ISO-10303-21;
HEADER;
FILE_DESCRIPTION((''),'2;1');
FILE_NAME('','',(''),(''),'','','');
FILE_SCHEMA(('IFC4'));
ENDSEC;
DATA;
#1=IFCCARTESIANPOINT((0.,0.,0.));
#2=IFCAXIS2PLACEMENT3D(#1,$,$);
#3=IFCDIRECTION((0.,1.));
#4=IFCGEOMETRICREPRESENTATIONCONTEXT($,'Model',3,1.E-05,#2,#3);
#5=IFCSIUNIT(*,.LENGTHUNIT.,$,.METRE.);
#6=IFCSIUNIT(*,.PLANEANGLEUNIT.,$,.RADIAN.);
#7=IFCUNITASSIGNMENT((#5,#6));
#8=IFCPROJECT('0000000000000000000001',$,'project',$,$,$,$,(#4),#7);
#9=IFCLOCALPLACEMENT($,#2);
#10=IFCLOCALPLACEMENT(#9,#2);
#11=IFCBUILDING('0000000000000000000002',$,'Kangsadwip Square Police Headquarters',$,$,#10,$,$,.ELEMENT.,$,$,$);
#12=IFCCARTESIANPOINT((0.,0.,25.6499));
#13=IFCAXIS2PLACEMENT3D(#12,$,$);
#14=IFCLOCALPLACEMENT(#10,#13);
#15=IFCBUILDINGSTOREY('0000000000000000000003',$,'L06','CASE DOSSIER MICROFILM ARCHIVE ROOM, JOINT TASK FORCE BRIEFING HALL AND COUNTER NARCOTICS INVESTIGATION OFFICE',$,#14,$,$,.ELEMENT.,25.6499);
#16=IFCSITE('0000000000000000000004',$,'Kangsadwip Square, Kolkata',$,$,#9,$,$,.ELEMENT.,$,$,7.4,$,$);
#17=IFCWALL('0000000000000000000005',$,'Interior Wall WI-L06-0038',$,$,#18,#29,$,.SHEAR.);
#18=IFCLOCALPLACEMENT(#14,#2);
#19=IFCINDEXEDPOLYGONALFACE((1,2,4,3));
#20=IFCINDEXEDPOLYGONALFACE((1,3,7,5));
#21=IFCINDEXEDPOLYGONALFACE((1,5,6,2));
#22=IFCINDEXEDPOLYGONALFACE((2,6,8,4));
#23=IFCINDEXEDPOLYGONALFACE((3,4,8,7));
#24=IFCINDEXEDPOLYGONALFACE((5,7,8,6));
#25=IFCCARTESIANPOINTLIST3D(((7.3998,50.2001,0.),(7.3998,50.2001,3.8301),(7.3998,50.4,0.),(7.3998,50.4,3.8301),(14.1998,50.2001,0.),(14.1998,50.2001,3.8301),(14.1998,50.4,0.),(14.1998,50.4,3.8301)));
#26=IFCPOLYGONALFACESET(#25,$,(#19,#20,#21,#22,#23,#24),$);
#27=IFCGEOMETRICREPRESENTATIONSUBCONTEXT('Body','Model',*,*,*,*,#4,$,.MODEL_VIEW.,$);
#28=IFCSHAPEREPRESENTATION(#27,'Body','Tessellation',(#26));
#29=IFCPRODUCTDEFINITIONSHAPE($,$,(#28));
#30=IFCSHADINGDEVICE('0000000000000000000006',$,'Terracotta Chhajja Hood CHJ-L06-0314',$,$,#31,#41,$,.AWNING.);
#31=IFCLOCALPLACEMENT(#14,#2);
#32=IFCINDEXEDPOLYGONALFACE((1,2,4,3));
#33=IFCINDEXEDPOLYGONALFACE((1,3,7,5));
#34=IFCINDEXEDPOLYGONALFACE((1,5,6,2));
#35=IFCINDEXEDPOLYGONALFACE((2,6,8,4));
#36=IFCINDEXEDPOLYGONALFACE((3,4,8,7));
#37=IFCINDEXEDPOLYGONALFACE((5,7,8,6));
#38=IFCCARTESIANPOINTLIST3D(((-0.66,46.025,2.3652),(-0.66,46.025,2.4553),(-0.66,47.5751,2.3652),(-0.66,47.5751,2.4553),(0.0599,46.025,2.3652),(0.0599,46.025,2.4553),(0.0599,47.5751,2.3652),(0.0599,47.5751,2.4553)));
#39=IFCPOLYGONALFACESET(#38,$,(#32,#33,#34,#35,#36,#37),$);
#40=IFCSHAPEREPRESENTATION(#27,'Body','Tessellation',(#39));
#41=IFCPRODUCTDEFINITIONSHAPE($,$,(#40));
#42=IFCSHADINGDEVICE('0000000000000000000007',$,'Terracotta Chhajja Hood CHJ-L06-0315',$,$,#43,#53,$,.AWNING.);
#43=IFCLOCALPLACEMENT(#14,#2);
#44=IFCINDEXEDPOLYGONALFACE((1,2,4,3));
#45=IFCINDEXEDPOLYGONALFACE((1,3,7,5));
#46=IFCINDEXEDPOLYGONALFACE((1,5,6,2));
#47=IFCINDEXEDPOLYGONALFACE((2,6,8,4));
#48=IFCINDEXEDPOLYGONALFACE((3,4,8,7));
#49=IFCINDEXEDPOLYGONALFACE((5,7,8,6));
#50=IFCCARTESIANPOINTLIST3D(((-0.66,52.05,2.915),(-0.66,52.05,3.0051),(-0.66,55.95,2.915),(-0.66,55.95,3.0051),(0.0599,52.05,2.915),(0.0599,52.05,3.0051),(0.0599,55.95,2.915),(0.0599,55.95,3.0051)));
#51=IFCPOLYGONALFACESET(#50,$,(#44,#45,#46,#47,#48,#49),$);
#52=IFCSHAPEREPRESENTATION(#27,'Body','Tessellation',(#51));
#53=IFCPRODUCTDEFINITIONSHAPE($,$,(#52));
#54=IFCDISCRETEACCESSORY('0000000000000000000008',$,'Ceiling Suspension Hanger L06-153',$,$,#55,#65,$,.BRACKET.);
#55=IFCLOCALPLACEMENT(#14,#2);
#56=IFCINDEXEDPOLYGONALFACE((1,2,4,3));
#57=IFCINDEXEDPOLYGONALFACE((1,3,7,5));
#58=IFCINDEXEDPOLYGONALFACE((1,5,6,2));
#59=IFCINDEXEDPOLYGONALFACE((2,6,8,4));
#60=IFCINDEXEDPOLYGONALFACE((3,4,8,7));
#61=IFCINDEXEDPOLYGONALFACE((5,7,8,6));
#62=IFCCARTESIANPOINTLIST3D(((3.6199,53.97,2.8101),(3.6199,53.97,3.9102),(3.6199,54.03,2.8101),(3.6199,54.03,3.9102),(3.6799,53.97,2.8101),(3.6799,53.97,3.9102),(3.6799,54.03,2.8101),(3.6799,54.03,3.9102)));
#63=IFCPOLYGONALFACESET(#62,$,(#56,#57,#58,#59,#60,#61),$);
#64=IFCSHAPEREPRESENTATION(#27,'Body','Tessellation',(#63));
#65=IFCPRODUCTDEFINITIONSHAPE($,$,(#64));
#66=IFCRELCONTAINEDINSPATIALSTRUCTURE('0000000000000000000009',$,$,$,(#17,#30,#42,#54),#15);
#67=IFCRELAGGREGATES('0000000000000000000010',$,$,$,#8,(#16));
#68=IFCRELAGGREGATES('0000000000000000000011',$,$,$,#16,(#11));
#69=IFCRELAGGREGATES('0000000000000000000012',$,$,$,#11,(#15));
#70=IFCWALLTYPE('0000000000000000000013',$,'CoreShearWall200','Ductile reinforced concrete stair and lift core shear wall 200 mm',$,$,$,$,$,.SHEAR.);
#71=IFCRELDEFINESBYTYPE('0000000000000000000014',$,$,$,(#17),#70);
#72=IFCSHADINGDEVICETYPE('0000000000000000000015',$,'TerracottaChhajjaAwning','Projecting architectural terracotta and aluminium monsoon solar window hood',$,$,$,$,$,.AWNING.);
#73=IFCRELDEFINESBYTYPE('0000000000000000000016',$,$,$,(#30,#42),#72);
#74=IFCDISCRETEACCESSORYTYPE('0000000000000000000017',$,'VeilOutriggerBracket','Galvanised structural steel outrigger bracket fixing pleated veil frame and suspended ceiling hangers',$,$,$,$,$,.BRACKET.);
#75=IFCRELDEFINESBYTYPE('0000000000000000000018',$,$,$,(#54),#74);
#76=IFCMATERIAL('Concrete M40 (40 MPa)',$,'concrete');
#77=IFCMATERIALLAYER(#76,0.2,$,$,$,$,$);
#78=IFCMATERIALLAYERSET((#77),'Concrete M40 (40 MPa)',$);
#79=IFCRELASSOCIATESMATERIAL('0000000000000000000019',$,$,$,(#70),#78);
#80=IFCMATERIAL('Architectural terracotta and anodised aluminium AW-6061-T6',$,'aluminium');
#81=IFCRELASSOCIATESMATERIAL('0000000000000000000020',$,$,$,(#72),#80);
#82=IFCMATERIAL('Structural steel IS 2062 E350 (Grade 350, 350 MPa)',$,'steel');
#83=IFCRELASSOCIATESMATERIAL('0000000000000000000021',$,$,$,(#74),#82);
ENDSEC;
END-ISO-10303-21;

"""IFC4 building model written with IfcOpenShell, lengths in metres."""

from ifc_helpers import new_model, si_unit, direction, frame, frame_2d, origin, origin_2d, place, context, subcontext, project, spatial, rectangle, extrude, material, layer, layer_set, type_object, element, save


model = new_model("IFC4")

# Units and contexts
model_context = context("Model", 3, precision=1e-05, world=origin(), true_north=direction((0.0, 1.0)))
body_context = subcontext(model_context, "Body", "Model", "MODEL_VIEW")
ifc_project = project(units=[si_unit("LENGTHUNIT", "METRE"), si_unit("PLANEANGLEUNIT", "RADIAN")], contexts=[model_context])

# Site, building, storey
site_placement = place(None, origin())
site = spatial("IfcSite", under=ifc_project, at=site_placement, Name="Kangsadwip Square, Kolkata", CompositionType="ELEMENT", RefElevation=7.4)
building_placement = place(site_placement, origin())
building = spatial("IfcBuilding", under=site, at=building_placement, Name="Kangsadwip Square Police Headquarters", CompositionType="ELEMENT")
storey_placement = place(building_placement, frame((0.0, 0.0, 25.6499)))
storey = spatial("IfcBuildingStorey", under=building, at=storey_placement, Name="L06", Description="CASE DOSSIER MICROFILM ARCHIVE ROOM, JOINT TASK FORCE BRIEFING HALL AND COUNTER NARCOTICS INVESTIGATION OFFICE", CompositionType="ELEMENT", Elevation=25.6499)

# Wall
ifc_material_1 = material(Name="Concrete M40 (40 MPa)", Category="concrete")
ifc_layer_1 = layer(ifc_material_1, 0.2)
ifc_layer_set_1 = layer_set([ifc_layer_1], Name="Concrete M40 (40 MPa)")
wall_type_1 = type_object("IfcWallType", Name="CoreShearWall200", Description="Ductile reinforced concrete stair and lift core shear wall 200 mm", PredefinedType="SHEAR", material=ifc_layer_set_1)
wall_1_placement = place(storey_placement, frame((7.3999, 50.3, 0.0), z_axis=(0.0, 0.0, 1.0), x_axis=(1.0, 0.0, 0.0)))
element("IfcWall", 1, at=wall_1_placement, inside=storey, type_object=wall_type_1, Name="Interior Wall WI-L06-0038", PredefinedType="SHEAR", context=body_context, shape_type="SweptSolid", body=[
    extrude(rectangle(XDim=6.8, YDim=0.2, at=frame_2d((3.3999, 0.0))), origin(), (0.0, 0.0, 1.0), 3.8301),
])

# Shading devices
ifc_material_2 = material(Name="Architectural terracotta and anodised aluminium AW-6061-T6", Category="aluminium")
shading_device_type = type_object("IfcShadingDeviceType", Name="TerracottaChhajjaAwning", Description="Projecting architectural terracotta and aluminium monsoon solar window hood", PredefinedType="AWNING", material=ifc_material_2)
shading_device_1_placement = place(storey_placement, frame((-0.3, 46.8, 2.3652), z_axis=(0.0, 0.0, 1.0), x_axis=(0.0, 1.0, 0.0)))
element("IfcShadingDevice", 2, at=shading_device_1_placement, inside=storey, type_object=shading_device_type, Name="Terracotta Chhajja Hood CHJ-L06-0314", PredefinedType="AWNING", context=body_context, shape_type="SweptSolid", body=[
    extrude(rectangle(XDim=1.55, YDim=0.72, at=origin_2d()), origin(), (0.0, 0.0, 1.0), 0.0901),
])
shading_device_2_placement = place(storey_placement, frame((-0.3, 54.0, 2.915), z_axis=(0.0, 0.0, 1.0), x_axis=(0.0, 1.0, 0.0)))
element("IfcShadingDevice", 3, at=shading_device_2_placement, inside=storey, type_object=shading_device_type, Name="Terracotta Chhajja Hood CHJ-L06-0315", PredefinedType="AWNING", context=body_context, shape_type="SweptSolid", body=[
    extrude(rectangle(XDim=3.8999, YDim=0.72, at=origin_2d()), origin(), (0.0, 0.0, 1.0), 0.0901),
])

# Discrete accessory
ifc_material_3 = material(Name="Structural steel IS 2062 E350 (Grade 350, 350 MPa)", Category="steel")
discrete_accessory_type = type_object("IfcDiscreteAccessoryType", Name="VeilOutriggerBracket", Description="Galvanised structural steel outrigger bracket fixing pleated veil frame and suspended ceiling hangers", PredefinedType="BRACKET", material=ifc_material_3)
discrete_accessory_placement = place(storey_placement, frame((3.6499, 54.0, 2.8101), z_axis=(0.0, 0.0, 1.0), x_axis=(1.0, 0.0, 0.0)))
element("IfcDiscreteAccessory", 4, at=discrete_accessory_placement, inside=storey, type_object=discrete_accessory_type, Name="Ceiling Suspension Hanger L06-153", PredefinedType="BRACKET", context=body_context, shape_type="SweptSolid", body=[
    extrude(rectangle(XDim=0.0601, YDim=0.0601, at=origin_2d()), origin(), (0.0, 0.0, 1.0), 1.1001),
])

save(model, "model.ifc")
